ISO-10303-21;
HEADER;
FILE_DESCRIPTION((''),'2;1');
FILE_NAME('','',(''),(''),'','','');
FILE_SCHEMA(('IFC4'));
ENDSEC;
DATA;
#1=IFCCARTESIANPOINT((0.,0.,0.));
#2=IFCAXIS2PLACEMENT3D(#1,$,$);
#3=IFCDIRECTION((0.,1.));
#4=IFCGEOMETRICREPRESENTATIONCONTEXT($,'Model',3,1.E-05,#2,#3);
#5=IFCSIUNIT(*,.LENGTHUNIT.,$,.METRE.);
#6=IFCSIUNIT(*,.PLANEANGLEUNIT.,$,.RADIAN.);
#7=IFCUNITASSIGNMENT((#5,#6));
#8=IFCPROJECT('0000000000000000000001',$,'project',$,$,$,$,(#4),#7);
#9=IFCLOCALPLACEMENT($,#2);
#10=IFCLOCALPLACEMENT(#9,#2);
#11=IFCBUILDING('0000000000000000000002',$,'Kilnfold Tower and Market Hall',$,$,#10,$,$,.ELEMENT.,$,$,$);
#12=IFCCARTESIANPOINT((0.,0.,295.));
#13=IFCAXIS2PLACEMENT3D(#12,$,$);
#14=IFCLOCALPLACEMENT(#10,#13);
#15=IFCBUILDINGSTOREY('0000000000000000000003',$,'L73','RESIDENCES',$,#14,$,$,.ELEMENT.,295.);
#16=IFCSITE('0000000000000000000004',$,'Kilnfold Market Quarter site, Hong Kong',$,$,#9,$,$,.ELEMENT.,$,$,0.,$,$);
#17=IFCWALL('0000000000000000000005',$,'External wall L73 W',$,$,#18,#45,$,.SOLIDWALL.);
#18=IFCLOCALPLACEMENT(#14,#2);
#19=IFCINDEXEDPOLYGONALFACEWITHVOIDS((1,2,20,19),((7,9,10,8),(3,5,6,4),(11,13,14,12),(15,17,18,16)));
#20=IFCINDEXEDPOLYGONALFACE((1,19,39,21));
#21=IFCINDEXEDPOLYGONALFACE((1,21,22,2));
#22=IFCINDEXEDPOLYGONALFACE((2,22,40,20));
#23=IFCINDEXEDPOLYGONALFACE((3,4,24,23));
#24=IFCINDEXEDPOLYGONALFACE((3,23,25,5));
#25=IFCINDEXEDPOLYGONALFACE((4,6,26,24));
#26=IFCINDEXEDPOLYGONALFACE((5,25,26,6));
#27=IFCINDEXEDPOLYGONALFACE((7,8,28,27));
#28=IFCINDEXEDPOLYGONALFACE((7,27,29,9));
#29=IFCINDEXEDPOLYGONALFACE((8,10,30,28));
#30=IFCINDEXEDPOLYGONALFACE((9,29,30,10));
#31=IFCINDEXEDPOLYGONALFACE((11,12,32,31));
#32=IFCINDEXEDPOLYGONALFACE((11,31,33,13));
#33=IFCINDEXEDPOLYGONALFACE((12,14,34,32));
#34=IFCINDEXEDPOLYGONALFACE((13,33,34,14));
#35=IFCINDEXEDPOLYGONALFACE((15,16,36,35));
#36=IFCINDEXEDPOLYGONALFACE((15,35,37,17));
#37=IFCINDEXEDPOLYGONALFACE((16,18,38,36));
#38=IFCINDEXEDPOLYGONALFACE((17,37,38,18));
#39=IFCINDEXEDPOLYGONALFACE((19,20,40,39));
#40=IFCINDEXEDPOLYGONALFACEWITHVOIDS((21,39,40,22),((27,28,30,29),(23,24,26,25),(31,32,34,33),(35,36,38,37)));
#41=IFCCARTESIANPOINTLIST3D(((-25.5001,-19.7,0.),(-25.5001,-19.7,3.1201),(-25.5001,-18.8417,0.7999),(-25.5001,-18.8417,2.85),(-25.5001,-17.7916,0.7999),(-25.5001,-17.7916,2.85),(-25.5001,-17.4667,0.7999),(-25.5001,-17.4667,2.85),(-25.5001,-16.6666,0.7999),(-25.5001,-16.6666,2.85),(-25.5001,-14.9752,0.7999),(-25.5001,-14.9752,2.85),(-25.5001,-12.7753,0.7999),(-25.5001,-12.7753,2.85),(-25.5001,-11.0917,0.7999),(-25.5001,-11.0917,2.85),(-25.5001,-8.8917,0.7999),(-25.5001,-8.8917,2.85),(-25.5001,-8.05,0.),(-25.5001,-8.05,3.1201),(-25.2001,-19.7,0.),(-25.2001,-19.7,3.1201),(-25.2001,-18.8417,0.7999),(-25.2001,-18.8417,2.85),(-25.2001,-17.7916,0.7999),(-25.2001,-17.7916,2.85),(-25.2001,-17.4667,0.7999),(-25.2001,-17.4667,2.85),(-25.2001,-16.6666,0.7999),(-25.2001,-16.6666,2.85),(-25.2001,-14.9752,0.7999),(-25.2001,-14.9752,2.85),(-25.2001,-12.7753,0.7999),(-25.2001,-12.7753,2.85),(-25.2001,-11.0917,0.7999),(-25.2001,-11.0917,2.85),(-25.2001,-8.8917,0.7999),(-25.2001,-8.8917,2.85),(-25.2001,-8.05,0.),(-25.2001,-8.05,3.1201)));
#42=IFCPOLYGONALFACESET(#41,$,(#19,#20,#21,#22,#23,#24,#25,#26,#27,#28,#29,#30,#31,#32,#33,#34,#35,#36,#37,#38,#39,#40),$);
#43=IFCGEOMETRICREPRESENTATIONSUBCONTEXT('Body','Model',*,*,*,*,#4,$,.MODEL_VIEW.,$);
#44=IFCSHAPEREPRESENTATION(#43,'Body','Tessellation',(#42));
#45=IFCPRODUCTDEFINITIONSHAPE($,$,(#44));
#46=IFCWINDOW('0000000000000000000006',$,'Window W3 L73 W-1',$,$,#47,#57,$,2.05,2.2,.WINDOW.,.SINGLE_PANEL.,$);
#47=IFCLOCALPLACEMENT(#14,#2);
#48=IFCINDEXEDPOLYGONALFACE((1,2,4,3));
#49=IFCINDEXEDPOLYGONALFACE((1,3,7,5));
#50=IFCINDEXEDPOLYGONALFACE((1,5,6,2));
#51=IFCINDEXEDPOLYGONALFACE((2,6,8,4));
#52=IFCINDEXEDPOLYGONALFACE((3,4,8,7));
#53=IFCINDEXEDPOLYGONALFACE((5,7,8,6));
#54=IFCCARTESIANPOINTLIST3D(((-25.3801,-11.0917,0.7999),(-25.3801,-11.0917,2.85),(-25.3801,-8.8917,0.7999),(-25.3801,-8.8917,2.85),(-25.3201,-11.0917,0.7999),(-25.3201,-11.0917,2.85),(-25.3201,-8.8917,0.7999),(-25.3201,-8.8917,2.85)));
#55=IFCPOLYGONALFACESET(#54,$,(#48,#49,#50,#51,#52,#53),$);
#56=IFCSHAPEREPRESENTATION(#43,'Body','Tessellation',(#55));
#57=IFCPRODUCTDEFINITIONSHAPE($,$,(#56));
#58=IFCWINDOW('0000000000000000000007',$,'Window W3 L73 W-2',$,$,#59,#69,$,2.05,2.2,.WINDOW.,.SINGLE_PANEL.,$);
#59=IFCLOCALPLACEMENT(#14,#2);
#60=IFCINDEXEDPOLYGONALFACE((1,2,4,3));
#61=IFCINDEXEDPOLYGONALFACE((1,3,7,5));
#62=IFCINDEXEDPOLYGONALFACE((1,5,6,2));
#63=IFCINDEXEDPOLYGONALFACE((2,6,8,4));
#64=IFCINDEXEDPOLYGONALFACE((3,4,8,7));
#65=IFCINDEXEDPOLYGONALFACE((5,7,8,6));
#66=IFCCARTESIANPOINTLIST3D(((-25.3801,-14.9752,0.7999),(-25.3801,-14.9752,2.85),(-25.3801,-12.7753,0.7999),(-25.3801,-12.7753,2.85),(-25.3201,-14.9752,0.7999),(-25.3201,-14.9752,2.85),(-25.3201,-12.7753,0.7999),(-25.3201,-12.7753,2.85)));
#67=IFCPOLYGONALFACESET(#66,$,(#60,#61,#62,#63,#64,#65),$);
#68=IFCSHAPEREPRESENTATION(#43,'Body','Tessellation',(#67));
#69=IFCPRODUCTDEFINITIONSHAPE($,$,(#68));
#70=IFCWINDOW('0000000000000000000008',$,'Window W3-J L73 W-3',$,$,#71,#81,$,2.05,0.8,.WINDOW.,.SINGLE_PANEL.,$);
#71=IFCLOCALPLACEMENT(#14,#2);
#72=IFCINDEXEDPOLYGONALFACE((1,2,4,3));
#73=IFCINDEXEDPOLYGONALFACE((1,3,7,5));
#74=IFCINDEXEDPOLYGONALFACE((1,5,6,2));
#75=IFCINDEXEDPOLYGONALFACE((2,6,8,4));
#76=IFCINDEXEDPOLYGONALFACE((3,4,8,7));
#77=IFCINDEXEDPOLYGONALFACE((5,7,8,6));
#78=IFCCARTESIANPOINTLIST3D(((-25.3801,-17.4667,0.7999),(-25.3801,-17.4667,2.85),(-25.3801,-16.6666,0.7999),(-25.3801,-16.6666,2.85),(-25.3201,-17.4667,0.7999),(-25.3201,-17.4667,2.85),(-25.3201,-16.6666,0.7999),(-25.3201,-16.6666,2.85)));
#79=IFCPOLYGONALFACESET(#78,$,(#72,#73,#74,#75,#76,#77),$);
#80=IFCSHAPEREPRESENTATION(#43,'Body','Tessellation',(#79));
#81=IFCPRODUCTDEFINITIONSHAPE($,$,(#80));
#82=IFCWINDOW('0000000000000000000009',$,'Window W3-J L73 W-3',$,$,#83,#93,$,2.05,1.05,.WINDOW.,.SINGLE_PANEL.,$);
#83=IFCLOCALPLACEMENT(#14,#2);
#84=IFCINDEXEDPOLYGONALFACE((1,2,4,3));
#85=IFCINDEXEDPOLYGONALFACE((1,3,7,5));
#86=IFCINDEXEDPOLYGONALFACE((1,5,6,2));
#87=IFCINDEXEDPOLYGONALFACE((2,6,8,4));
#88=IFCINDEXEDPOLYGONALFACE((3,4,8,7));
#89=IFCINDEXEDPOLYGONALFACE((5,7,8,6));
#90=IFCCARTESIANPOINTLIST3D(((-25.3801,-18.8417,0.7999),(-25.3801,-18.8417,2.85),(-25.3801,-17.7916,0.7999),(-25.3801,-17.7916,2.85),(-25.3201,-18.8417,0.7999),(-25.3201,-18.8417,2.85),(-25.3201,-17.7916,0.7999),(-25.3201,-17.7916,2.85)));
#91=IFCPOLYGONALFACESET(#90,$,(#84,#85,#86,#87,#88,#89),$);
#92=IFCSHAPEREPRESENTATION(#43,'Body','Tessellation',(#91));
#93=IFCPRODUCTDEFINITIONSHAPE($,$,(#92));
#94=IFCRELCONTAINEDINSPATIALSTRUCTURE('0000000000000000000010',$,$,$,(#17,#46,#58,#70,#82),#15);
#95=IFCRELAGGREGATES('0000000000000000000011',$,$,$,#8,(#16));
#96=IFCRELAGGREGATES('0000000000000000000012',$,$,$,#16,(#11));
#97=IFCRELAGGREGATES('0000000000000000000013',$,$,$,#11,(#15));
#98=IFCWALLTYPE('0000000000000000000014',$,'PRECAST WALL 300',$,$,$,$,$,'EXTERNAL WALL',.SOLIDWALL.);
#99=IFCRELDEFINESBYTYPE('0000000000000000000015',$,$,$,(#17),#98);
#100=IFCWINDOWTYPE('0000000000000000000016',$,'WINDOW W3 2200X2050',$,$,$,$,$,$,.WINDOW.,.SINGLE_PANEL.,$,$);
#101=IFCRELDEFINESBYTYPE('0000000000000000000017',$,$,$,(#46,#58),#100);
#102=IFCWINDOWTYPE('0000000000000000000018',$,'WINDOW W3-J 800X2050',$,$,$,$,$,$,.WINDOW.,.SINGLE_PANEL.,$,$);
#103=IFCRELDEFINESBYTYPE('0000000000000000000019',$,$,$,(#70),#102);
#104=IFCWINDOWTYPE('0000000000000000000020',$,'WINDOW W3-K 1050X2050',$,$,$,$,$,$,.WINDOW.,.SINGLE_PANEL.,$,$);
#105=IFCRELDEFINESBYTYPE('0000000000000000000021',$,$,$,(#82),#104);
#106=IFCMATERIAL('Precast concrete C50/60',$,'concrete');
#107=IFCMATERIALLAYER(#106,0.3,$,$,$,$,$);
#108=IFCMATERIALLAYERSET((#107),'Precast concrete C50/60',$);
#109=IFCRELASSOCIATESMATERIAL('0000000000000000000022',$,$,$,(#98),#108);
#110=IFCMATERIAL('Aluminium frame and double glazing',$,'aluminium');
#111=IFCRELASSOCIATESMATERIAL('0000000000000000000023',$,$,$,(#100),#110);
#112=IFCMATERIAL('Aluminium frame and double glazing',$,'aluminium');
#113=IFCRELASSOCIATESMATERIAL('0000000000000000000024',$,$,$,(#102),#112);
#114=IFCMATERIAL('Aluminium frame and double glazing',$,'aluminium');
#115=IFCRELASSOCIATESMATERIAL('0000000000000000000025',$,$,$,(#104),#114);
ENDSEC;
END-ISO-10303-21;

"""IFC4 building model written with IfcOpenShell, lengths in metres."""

from ifc_helpers import new_model, si_unit, direction, frame, frame_2d, origin, place, context, subcontext, project, spatial, rectangle, extrude, source, transform, mapped, material, layer, layer_set, type_object, element, fill, save


model = new_model("IFC4")

# Units and contexts
model_context = context("Model", 3, precision=1e-05, world=origin(), true_north=direction((0.0, 1.0)))
body_context = subcontext(model_context, "Body", "Model", "MODEL_VIEW")
ifc_project = project(units=[si_unit("LENGTHUNIT", "METRE"), si_unit("PLANEANGLEUNIT", "RADIAN")], contexts=[model_context])

# Site, building, storey
site_placement = place(None, origin())
site = spatial("IfcSite", under=ifc_project, at=site_placement, Name="Kilnfold Market Quarter site, Hong Kong", CompositionType="ELEMENT", RefElevation=0.0)
building_placement = place(site_placement, origin())
building = spatial("IfcBuilding", under=site, at=building_placement, Name="Kilnfold Tower and Market Hall", CompositionType="ELEMENT")
storey_placement = place(building_placement, frame((0.0, 0.0, 295.0)))
storey = spatial("IfcBuildingStorey", under=building, at=storey_placement, Name="L73", Description="RESIDENCES", CompositionType="ELEMENT", Elevation=295.0)

# Wall, openings, windows
ifc_material_1 = material(Name="Precast concrete C50/60", Category="concrete")
ifc_layer_1 = layer(ifc_material_1, 0.3)
ifc_layer_set_1 = layer_set([ifc_layer_1], Name="Precast concrete C50/60")
wall_type_1 = type_object("IfcWallType", Name="PRECAST WALL 300", ElementType="EXTERNAL WALL", PredefinedType="SOLIDWALL", material=ifc_layer_set_1)
ifc_material_2 = material(Name="Aluminium frame and double glazing", Category="aluminium")
window_type_1 = type_object("IfcWindowType", Name="WINDOW W3 2200X2050", PartitioningType="SINGLE_PANEL", PredefinedType="WINDOW", material=ifc_material_2)
shared_shape_1 = source(origin(), body_context, "Body", "SweptSolid", [
    extrude(rectangle(XDim=11.6499, YDim=0.3, at=frame_2d((5.825, 0.0))), origin(), (0.0, 0.0, 1.0), 3.1201),
])
wall_1_placement = place(storey_placement, frame((-25.3501, -8.05, 0.0), z_axis=(0.0, 0.0, 1.0), x_axis=(0.0, -1.0, 0.0)))
wall_1 = element("IfcWall", 1, at=wall_1_placement, inside=storey, type_object=wall_type_1, Name="External wall L73 W", PredefinedType="SOLIDWALL", context=body_context, shape_type="MappedRepresentation", body=[
    mapped(shared_shape_1, transform((0.0, 0.0, 0.0))),
])
opening_1_placement = place(wall_1_placement, frame((0.8416, 0.0, 0.8)))
opening_1 = element("IfcOpeningElement", 2, at=opening_1_placement, cuts=wall_1, PredefinedType="OPENING", context=body_context, shape_type="SweptSolid", body=[
    extrude(rectangle(XDim=2.2, YDim=2.05, at=frame_2d((1.1001, 1.0249))), frame((0.0, 0.1602, 0.0), z_axis=(0.0, -1.0, 0.0), x_axis=(1.0, 0.0, 0.0)), (0.0, 0.0, 1.0), 0.3201),
])
opening_2_placement = place(wall_1_placement, frame((4.7251, 0.0, 0.8)))
opening_2 = element("IfcOpeningElement", 3, at=opening_2_placement, cuts=wall_1, PredefinedType="OPENING", context=body_context, shape_type="SweptSolid", body=[
    extrude(rectangle(XDim=2.2, YDim=2.05, at=frame_2d((1.1001, 1.0249))), frame((0.0, 0.1602, 0.0), z_axis=(0.0, -1.0, 0.0), x_axis=(1.0, 0.0, 0.0)), (0.0, 0.0, 1.0), 0.3201),
])
opening_3_placement = place(wall_1_placement, frame((8.6167, 0.0, 0.8)))
opening_3 = element("IfcOpeningElement", 4, at=opening_3_placement, cuts=wall_1, PredefinedType="OPENING", context=body_context, shape_type="SweptSolid", body=[
    extrude(rectangle(XDim=0.8, YDim=2.05, at=frame_2d((0.3999, 1.0249))), frame((0.0, 0.1602, 0.0), z_axis=(0.0, -1.0, 0.0), x_axis=(1.0, 0.0, 0.0)), (0.0, 0.0, 1.0), 0.3201),
])
opening_4_placement = place(wall_1_placement, frame((9.7417, 0.0, 0.8)))
opening_4 = element("IfcOpeningElement", 5, at=opening_4_placement, cuts=wall_1, PredefinedType="OPENING", context=body_context, shape_type="SweptSolid", body=[
    extrude(rectangle(XDim=1.05, YDim=2.05, at=frame_2d((0.5249, 1.0249))), frame((0.0, 0.1602, 0.0), z_axis=(0.0, -1.0, 0.0), x_axis=(1.0, 0.0, 0.0)), (0.0, 0.0, 1.0), 0.3201),
])
window_1_placement = place(opening_1_placement, origin())
window_1 = element("IfcWindow", 6, at=window_1_placement, inside=storey, type_object=window_type_1, Name="Window W3 L73 W-1", OverallHeight=2.05, OverallWidth=2.2, PartitioningType="SINGLE_PANEL", PredefinedType="WINDOW", context=body_context, shape_type="SweptSolid", body=[
    extrude(rectangle(XDim=2.2, YDim=2.05, at=frame_2d((1.1001, 1.0249))), frame((0.0, 0.03, 0.0), z_axis=(0.0, -1.0, 0.0), x_axis=(1.0, 0.0, 0.0)), (0.0, 0.0, 1.0), 0.0601),
])
fill(opening_1, window_1)
window_2_placement = place(opening_2_placement, origin())
window_2 = element("IfcWindow", 7, at=window_2_placement, inside=storey, type_object=window_type_1, Name="Window W3 L73 W-2", OverallHeight=2.05, OverallWidth=2.2, PartitioningType="SINGLE_PANEL", PredefinedType="WINDOW", context=body_context, shape_type="SweptSolid", body=[
    extrude(rectangle(XDim=2.2, YDim=2.05, at=frame_2d((1.1001, 1.0249))), frame((0.0, 0.03, 0.0), z_axis=(0.0, -1.0, 0.0), x_axis=(1.0, 0.0, 0.0)), (0.0, 0.0, 1.0), 0.0601),
])
fill(opening_2, window_2)
ifc_material_3 = material(Name="Aluminium frame and double glazing", Category="aluminium")
window_type_2 = type_object("IfcWindowType", Name="WINDOW W3-J 800X2050", PartitioningType="SINGLE_PANEL", PredefinedType="WINDOW", material=ifc_material_3)
window_3_placement = place(opening_3_placement, origin())
window_3 = element("IfcWindow", 8, at=window_3_placement, inside=storey, type_object=window_type_2, Name="Window W3-J L73 W-3", OverallHeight=2.05, OverallWidth=0.8, PartitioningType="SINGLE_PANEL", PredefinedType="WINDOW", context=body_context, shape_type="SweptSolid", body=[
    extrude(rectangle(XDim=0.8, YDim=2.05, at=frame_2d((0.3999, 1.0249))), frame((0.0, 0.03, 0.0), z_axis=(0.0, -1.0, 0.0), x_axis=(1.0, 0.0, 0.0)), (0.0, 0.0, 1.0), 0.0601),
])
fill(opening_3, window_3)
ifc_material_4 = material(Name="Aluminium frame and double glazing", Category="aluminium")
window_type_3 = type_object("IfcWindowType", Name="WINDOW W3-K 1050X2050", PartitioningType="SINGLE_PANEL", PredefinedType="WINDOW", material=ifc_material_4)
window_4_placement = place(opening_4_placement, origin())
window_4 = element("IfcWindow", 9, at=window_4_placement, inside=storey, type_object=window_type_3, Name="Window W3-J L73 W-3", OverallHeight=2.05, OverallWidth=1.05, PartitioningType="SINGLE_PANEL", PredefinedType="WINDOW", context=body_context, shape_type="SweptSolid", body=[
    extrude(rectangle(XDim=1.05, YDim=2.05, at=frame_2d((0.5249, 1.0249))), frame((0.0, 0.03, 0.0), z_axis=(0.0, -1.0, 0.0), x_axis=(1.0, 0.0, 0.0)), (0.0, 0.0, 1.0), 0.0601),
])
fill(opening_4, window_4)

save(model, "model.ifc")
